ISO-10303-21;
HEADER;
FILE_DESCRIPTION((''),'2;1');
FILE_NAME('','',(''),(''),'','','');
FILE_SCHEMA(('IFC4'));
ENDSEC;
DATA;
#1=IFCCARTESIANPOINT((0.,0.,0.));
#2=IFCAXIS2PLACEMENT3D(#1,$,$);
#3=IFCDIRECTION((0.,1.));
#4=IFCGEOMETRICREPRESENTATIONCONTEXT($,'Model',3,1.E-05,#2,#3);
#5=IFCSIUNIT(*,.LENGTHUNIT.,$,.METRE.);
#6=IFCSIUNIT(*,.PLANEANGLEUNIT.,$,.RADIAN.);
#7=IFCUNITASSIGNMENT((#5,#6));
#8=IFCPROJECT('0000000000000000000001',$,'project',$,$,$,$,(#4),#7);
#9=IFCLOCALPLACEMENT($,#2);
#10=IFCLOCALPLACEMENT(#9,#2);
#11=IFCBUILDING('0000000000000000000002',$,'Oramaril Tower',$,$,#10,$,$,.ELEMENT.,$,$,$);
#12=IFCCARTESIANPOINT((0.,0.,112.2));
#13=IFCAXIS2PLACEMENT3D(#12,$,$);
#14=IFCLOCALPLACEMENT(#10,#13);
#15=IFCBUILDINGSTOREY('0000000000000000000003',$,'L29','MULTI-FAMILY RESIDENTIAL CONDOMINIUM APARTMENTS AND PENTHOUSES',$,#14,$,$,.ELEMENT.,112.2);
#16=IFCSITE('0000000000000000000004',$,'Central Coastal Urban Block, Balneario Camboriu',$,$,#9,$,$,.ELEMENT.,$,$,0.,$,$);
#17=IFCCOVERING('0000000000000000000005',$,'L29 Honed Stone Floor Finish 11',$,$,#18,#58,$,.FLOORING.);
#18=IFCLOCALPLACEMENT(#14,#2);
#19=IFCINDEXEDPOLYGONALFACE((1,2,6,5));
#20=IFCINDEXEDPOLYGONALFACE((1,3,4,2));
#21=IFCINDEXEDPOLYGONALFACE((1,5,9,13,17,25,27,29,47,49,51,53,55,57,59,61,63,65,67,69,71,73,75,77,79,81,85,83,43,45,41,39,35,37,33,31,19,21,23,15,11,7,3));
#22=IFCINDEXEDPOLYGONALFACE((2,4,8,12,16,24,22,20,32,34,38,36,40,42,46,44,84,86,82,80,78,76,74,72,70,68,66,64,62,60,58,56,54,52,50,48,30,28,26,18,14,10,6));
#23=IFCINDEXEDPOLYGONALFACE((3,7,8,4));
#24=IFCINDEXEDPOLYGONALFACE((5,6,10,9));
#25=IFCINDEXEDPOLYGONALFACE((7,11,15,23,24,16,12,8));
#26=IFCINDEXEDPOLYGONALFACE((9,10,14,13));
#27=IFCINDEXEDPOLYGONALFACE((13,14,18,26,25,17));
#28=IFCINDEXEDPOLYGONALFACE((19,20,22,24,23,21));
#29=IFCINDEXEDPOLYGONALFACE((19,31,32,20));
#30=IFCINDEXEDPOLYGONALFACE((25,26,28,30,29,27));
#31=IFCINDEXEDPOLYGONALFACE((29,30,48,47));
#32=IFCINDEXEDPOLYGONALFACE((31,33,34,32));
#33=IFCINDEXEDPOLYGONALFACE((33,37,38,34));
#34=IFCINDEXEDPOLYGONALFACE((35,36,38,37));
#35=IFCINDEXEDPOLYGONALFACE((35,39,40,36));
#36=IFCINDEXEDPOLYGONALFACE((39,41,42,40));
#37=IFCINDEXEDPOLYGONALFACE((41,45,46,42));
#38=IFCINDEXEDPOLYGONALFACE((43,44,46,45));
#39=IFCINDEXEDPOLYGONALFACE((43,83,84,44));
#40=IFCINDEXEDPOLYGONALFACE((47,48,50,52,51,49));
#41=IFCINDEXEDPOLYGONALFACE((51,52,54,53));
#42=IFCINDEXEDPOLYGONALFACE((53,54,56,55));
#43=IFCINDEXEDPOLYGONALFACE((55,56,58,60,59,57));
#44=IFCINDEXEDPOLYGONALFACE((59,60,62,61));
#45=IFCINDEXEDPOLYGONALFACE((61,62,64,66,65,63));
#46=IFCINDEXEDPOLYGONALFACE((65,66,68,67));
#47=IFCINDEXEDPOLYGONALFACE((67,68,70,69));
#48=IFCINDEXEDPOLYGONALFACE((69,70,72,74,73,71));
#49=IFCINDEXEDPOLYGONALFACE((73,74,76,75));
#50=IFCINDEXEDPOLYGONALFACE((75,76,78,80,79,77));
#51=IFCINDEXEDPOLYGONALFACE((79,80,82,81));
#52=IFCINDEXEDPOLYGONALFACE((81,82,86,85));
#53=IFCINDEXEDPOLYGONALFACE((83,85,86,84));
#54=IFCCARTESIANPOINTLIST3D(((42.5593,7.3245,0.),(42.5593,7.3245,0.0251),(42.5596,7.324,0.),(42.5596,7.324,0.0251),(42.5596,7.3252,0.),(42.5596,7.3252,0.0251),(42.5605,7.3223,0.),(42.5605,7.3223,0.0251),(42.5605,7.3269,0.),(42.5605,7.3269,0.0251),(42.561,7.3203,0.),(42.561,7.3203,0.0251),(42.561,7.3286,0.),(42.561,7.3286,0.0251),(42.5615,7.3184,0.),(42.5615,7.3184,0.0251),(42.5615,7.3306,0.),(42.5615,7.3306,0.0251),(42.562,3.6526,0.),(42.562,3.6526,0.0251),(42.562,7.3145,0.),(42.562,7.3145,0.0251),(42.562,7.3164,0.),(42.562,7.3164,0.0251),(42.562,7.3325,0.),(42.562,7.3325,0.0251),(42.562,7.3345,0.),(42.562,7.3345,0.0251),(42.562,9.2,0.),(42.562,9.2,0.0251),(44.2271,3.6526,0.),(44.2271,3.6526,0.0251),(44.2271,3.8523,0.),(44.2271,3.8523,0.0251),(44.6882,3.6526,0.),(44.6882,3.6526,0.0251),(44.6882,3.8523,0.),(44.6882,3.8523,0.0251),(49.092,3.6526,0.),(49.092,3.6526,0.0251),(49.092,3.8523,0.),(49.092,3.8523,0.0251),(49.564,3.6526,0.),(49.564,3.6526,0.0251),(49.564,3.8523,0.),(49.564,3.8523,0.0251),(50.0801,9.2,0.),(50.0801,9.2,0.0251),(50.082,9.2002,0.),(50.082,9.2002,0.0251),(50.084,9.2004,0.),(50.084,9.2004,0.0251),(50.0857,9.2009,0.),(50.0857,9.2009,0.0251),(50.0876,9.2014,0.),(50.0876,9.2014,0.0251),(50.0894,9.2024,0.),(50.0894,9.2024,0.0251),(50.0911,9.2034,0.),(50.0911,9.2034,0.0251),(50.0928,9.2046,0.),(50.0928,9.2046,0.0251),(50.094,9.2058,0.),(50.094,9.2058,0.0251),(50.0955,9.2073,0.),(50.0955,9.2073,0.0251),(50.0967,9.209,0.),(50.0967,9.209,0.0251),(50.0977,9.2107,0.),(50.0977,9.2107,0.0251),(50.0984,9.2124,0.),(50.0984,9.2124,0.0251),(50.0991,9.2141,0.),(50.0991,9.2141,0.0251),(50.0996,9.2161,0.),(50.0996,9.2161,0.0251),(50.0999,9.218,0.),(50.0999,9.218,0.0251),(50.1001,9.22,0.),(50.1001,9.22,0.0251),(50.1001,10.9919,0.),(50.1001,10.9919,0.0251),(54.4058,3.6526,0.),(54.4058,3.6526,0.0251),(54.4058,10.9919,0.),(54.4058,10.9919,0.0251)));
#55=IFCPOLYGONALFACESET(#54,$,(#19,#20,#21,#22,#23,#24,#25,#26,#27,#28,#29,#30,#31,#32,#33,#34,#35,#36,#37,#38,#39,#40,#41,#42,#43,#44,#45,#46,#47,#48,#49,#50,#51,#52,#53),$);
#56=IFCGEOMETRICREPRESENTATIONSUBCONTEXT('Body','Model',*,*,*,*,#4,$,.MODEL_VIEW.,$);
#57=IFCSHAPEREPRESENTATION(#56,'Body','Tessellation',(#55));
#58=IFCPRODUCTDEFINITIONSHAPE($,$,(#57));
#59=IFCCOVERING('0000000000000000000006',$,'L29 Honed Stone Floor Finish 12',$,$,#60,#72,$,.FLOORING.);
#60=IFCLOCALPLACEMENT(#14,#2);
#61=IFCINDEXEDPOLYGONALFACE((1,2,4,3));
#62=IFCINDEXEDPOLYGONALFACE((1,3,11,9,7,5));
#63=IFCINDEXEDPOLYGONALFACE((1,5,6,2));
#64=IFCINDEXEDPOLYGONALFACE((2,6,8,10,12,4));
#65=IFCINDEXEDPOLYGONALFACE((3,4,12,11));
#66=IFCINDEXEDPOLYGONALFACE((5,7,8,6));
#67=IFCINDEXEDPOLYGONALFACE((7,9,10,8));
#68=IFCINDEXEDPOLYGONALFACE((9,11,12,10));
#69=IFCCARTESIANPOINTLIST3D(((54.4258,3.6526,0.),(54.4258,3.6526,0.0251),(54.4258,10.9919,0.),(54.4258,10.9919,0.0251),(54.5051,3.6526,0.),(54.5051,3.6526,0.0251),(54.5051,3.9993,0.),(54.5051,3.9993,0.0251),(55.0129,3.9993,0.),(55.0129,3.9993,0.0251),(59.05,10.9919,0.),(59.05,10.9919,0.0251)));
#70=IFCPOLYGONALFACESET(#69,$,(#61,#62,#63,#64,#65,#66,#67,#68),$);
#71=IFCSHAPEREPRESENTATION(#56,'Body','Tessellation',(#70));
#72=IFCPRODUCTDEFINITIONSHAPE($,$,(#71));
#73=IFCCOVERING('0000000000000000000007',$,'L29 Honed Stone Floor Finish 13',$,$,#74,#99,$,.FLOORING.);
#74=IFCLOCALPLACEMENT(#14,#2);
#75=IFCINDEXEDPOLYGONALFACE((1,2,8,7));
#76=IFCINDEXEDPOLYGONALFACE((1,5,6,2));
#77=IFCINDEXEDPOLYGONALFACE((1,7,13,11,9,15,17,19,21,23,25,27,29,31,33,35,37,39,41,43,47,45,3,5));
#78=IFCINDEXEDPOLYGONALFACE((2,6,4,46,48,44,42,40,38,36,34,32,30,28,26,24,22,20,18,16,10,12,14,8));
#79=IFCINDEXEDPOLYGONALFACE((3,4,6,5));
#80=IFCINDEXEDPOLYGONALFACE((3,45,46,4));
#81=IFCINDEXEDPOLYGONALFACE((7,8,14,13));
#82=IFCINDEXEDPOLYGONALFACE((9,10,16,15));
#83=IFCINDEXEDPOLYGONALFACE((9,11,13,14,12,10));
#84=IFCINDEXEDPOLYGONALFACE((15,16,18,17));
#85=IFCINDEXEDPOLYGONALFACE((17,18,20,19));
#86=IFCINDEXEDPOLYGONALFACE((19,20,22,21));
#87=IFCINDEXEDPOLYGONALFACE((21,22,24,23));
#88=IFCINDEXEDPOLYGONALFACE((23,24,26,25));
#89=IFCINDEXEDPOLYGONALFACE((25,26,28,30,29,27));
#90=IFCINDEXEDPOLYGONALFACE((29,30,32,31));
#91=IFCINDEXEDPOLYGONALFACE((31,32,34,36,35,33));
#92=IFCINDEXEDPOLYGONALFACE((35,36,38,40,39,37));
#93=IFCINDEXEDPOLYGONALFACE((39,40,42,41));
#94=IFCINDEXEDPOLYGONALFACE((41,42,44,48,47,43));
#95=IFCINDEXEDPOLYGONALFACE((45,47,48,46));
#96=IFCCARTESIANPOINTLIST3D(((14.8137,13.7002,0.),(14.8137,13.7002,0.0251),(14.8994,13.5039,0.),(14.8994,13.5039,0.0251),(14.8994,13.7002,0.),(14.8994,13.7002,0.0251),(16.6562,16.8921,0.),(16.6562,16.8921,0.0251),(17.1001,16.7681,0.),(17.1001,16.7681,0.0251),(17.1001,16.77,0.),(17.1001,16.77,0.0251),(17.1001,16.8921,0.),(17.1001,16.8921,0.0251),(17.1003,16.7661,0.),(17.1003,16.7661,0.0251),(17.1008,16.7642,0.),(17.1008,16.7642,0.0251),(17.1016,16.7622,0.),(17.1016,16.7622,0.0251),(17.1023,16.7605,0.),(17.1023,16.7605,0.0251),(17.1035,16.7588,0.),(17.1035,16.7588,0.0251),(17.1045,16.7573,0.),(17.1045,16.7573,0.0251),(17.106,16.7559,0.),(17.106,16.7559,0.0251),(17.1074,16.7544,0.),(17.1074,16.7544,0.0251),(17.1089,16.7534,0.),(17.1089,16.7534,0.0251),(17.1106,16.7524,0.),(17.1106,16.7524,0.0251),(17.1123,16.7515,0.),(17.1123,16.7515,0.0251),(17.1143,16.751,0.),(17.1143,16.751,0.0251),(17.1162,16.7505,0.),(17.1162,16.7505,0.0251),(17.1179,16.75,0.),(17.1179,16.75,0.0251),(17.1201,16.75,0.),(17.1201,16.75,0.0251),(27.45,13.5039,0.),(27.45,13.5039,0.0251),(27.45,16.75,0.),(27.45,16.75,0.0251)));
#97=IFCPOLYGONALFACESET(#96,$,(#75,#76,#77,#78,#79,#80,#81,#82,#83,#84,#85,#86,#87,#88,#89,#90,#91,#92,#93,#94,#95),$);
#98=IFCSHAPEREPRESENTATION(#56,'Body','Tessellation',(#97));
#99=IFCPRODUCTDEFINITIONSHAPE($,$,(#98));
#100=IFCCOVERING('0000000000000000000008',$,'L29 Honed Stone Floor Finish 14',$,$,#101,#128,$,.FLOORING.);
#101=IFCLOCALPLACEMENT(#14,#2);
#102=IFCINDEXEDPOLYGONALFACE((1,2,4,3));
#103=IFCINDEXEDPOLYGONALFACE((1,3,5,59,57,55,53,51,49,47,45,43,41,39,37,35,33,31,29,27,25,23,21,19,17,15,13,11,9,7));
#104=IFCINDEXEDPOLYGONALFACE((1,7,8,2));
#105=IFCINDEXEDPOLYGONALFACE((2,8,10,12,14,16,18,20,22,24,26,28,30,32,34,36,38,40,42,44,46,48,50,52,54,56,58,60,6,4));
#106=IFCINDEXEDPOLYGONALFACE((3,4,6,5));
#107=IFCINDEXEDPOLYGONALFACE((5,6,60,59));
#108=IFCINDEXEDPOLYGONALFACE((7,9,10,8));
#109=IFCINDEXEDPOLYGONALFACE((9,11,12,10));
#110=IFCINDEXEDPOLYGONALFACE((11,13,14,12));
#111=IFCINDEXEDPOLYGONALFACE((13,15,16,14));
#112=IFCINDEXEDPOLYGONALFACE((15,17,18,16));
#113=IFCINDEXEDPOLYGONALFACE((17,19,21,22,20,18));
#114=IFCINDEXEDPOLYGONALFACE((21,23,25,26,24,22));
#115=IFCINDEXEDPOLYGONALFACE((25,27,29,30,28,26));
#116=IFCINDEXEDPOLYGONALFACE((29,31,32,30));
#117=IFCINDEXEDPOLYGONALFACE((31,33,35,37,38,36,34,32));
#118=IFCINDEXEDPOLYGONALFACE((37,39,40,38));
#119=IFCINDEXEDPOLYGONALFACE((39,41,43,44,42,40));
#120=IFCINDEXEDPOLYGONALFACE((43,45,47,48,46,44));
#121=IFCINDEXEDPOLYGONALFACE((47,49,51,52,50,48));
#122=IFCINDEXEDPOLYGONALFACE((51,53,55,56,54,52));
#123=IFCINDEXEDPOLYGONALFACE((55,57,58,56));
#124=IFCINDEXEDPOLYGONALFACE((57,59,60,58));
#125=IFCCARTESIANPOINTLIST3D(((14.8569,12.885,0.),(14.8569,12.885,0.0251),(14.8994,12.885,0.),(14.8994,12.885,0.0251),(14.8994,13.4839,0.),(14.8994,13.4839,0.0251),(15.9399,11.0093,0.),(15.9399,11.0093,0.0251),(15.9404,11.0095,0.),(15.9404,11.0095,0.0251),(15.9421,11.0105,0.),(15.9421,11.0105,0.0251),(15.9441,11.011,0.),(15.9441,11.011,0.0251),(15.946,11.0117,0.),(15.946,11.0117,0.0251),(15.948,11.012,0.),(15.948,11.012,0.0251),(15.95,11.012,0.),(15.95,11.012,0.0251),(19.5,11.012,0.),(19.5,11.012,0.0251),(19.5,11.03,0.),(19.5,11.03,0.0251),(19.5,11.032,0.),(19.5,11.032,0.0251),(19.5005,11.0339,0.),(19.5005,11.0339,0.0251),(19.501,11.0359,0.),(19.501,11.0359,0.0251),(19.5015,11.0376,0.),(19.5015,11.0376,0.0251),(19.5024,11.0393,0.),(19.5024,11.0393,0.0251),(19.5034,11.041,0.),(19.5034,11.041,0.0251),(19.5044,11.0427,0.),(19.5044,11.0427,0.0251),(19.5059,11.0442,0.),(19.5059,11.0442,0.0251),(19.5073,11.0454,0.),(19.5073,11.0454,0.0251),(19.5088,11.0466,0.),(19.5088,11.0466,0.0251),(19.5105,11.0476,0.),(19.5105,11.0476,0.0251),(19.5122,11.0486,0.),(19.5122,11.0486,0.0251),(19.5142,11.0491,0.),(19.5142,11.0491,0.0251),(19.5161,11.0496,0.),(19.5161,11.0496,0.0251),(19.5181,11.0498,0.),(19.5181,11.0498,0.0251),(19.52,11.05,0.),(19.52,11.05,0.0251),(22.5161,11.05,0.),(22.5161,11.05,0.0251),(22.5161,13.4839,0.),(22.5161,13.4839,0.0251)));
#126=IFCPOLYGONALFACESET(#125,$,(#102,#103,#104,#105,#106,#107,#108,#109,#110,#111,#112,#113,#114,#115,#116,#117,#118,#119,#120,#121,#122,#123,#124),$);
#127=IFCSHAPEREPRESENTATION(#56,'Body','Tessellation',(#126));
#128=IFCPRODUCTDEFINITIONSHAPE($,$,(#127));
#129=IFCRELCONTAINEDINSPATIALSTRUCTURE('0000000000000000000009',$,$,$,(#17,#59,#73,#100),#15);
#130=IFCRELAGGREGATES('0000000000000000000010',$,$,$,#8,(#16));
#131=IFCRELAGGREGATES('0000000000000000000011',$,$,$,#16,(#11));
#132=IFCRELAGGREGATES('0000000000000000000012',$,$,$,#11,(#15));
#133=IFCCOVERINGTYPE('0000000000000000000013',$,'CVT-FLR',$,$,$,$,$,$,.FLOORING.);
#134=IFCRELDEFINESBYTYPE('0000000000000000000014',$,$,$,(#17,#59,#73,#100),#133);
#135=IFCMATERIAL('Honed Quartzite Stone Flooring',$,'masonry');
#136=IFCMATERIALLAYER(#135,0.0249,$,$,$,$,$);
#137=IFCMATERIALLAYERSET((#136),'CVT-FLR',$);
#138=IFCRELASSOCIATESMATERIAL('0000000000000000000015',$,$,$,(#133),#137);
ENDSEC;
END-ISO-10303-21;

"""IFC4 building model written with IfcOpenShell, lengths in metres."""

from ifc_helpers import new_model, si_unit, direction, frame, origin, place, context, subcontext, project, spatial, polyline, outline, extrude, material, layer, layer_set, type_object, element, save


model = new_model("IFC4")

# Units and contexts
model_context = context("Model", 3, precision=1e-05, world=origin(), true_north=direction((0.0, 1.0)))
body_context = subcontext(model_context, "Body", "Model", "MODEL_VIEW")
ifc_project = project(units=[si_unit("LENGTHUNIT", "METRE"), si_unit("PLANEANGLEUNIT", "RADIAN")], contexts=[model_context])

# Site, building, storey
site_placement = place(None, origin())
site = spatial("IfcSite", under=ifc_project, at=site_placement, Name="Central Coastal Urban Block, Balneario Camboriu", CompositionType="ELEMENT", RefElevation=0.0)
building_placement = place(site_placement, origin())
building = spatial("IfcBuilding", under=site, at=building_placement, Name="Oramaril Tower", CompositionType="ELEMENT")
storey_placement = place(building_placement, frame((0.0, 0.0, 112.2)))
storey = spatial("IfcBuildingStorey", under=building, at=storey_placement, Name="L29", Description="MULTI-FAMILY RESIDENTIAL CONDOMINIUM APARTMENTS AND PENTHOUSES", CompositionType="ELEMENT", Elevation=112.2)

# Coverings
ifc_material_1 = material(Name="Honed Quartzite Stone Flooring", Category="masonry")
ifc_layer_1 = layer(ifc_material_1, 0.0249)
ifc_layer_set_1 = layer_set([ifc_layer_1], Name="CVT-FLR")
covering_type_1 = type_object("IfcCoveringType", Name="CVT-FLR", PredefinedType="FLOORING", material=ifc_layer_set_1)
covering_1_placement = place(storey_placement, origin())
element("IfcCovering", 1, at=covering_1_placement, inside=storey, type_object=covering_type_1, Name="L29 Honed Stone Floor Finish 11", PredefinedType="FLOORING", context=body_context, shape_type="SweptSolid", body=[
    extrude(outline(polyline([(54.4058, 10.9919), (54.4058, 3.6526), (49.564, 3.6526), (49.564, 3.8523), (49.092, 3.8523), (49.092, 3.6526), (44.6882, 3.6526), (44.6882, 3.8523), (44.2271, 3.8523), (44.2271, 3.6526), (42.562, 3.6526), (42.562, 7.3145), (42.562, 7.3164), (42.5615, 7.3184), (42.561, 7.3203), (42.5605, 7.3223), (42.5596, 7.324), (42.5593, 7.3245), (42.5596, 7.3252), (42.5605, 7.3269), (42.561, 7.3286), (42.5615, 7.3306), (42.562, 7.3325), (42.562, 7.3345), (42.562, 9.2), (50.0801, 9.2), (50.082, 9.2002), (50.084, 9.2004), (50.0857, 9.2009), (50.0876, 9.2014), (50.0894, 9.2024), (50.0911, 9.2034), (50.0928, 9.2046), (50.094, 9.2058), (50.0955, 9.2073), (50.0967, 9.209), (50.0977, 9.2107), (50.0984, 9.2124), (50.0991, 9.2141), (50.0996, 9.2161), (50.0999, 9.218), (50.1001, 9.22), (50.1001, 10.9919), (54.4058, 10.9919)])), origin(), (0.0, 0.0, 1.0), 0.0251),
])
covering_2_placement = place(storey_placement, origin())
element("IfcCovering", 2, at=covering_2_placement, inside=storey, type_object=covering_type_1, Name="L29 Honed Stone Floor Finish 12", PredefinedType="FLOORING", context=body_context, shape_type="SweptSolid", body=[
    extrude(outline(polyline([(54.5051, 3.9993), (54.5051, 3.6526), (54.4258, 3.6526), (54.4258, 10.9919), (59.05, 10.9919), (55.0129, 3.9993), (54.5051, 3.9993)])), origin(), (0.0, 0.0, 1.0), 0.0251),
])
covering_3_placement = place(storey_placement, origin())
element("IfcCovering", 3, at=covering_3_placement, inside=storey, type_object=covering_type_1, Name="L29 Honed Stone Floor Finish 13", PredefinedType="FLOORING", context=body_context, shape_type="SweptSolid", body=[
    extrude(outline(polyline([(14.8994, 13.5039), (14.8994, 13.7002), (14.8137, 13.7002), (16.6562, 16.8921), (17.1001, 16.8921), (17.1001, 16.77), (17.1001, 16.7681), (17.1003, 16.7661), (17.1008, 16.7642), (17.1016, 16.7622), (17.1023, 16.7605), (17.1035, 16.7588), (17.1045, 16.7573), (17.106, 16.7559), (17.1074, 16.7544), (17.1089, 16.7534), (17.1106, 16.7524), (17.1123, 16.7515), (17.1143, 16.751), (17.1162, 16.7505), (17.1179, 16.75), (17.1201, 16.75), (27.45, 16.75), (27.45, 13.5039), (14.8994, 13.5039)])), origin(), (0.0, 0.0, 1.0), 0.0251),
])
covering_4_placement = place(storey_placement, origin())
element("IfcCovering", 4, at=covering_4_placement, inside=storey, type_object=covering_type_1, Name="L29 Honed Stone Floor Finish 14", PredefinedType="FLOORING", context=body_context, shape_type="SweptSolid", body=[
    extrude(outline(polyline([(14.8569, 12.885), (14.8994, 12.885), (14.8994, 13.4839), (22.5161, 13.4839), (22.5161, 11.05), (19.52, 11.05), (19.5181, 11.0498), (19.5161, 11.0496), (19.5142, 11.0491), (19.5122, 11.0486), (19.5105, 11.0476), (19.5088, 11.0466), (19.5073, 11.0454), (19.5059, 11.0442), (19.5044, 11.0427), (19.5034, 11.041), (19.5024, 11.0393), (19.5015, 11.0376), (19.501, 11.0359), (19.5005, 11.0339), (19.5, 11.032), (19.5, 11.03), (19.5, 11.012), (15.95, 11.012), (15.948, 11.012), (15.946, 11.0117), (15.9441, 11.011), (15.9421, 11.0105), (15.9404, 11.0095), (15.9399, 11.0093), (14.8569, 12.885)])), origin(), (0.0, 0.0, 1.0), 0.0251),
])

save(model, "model.ifc")
